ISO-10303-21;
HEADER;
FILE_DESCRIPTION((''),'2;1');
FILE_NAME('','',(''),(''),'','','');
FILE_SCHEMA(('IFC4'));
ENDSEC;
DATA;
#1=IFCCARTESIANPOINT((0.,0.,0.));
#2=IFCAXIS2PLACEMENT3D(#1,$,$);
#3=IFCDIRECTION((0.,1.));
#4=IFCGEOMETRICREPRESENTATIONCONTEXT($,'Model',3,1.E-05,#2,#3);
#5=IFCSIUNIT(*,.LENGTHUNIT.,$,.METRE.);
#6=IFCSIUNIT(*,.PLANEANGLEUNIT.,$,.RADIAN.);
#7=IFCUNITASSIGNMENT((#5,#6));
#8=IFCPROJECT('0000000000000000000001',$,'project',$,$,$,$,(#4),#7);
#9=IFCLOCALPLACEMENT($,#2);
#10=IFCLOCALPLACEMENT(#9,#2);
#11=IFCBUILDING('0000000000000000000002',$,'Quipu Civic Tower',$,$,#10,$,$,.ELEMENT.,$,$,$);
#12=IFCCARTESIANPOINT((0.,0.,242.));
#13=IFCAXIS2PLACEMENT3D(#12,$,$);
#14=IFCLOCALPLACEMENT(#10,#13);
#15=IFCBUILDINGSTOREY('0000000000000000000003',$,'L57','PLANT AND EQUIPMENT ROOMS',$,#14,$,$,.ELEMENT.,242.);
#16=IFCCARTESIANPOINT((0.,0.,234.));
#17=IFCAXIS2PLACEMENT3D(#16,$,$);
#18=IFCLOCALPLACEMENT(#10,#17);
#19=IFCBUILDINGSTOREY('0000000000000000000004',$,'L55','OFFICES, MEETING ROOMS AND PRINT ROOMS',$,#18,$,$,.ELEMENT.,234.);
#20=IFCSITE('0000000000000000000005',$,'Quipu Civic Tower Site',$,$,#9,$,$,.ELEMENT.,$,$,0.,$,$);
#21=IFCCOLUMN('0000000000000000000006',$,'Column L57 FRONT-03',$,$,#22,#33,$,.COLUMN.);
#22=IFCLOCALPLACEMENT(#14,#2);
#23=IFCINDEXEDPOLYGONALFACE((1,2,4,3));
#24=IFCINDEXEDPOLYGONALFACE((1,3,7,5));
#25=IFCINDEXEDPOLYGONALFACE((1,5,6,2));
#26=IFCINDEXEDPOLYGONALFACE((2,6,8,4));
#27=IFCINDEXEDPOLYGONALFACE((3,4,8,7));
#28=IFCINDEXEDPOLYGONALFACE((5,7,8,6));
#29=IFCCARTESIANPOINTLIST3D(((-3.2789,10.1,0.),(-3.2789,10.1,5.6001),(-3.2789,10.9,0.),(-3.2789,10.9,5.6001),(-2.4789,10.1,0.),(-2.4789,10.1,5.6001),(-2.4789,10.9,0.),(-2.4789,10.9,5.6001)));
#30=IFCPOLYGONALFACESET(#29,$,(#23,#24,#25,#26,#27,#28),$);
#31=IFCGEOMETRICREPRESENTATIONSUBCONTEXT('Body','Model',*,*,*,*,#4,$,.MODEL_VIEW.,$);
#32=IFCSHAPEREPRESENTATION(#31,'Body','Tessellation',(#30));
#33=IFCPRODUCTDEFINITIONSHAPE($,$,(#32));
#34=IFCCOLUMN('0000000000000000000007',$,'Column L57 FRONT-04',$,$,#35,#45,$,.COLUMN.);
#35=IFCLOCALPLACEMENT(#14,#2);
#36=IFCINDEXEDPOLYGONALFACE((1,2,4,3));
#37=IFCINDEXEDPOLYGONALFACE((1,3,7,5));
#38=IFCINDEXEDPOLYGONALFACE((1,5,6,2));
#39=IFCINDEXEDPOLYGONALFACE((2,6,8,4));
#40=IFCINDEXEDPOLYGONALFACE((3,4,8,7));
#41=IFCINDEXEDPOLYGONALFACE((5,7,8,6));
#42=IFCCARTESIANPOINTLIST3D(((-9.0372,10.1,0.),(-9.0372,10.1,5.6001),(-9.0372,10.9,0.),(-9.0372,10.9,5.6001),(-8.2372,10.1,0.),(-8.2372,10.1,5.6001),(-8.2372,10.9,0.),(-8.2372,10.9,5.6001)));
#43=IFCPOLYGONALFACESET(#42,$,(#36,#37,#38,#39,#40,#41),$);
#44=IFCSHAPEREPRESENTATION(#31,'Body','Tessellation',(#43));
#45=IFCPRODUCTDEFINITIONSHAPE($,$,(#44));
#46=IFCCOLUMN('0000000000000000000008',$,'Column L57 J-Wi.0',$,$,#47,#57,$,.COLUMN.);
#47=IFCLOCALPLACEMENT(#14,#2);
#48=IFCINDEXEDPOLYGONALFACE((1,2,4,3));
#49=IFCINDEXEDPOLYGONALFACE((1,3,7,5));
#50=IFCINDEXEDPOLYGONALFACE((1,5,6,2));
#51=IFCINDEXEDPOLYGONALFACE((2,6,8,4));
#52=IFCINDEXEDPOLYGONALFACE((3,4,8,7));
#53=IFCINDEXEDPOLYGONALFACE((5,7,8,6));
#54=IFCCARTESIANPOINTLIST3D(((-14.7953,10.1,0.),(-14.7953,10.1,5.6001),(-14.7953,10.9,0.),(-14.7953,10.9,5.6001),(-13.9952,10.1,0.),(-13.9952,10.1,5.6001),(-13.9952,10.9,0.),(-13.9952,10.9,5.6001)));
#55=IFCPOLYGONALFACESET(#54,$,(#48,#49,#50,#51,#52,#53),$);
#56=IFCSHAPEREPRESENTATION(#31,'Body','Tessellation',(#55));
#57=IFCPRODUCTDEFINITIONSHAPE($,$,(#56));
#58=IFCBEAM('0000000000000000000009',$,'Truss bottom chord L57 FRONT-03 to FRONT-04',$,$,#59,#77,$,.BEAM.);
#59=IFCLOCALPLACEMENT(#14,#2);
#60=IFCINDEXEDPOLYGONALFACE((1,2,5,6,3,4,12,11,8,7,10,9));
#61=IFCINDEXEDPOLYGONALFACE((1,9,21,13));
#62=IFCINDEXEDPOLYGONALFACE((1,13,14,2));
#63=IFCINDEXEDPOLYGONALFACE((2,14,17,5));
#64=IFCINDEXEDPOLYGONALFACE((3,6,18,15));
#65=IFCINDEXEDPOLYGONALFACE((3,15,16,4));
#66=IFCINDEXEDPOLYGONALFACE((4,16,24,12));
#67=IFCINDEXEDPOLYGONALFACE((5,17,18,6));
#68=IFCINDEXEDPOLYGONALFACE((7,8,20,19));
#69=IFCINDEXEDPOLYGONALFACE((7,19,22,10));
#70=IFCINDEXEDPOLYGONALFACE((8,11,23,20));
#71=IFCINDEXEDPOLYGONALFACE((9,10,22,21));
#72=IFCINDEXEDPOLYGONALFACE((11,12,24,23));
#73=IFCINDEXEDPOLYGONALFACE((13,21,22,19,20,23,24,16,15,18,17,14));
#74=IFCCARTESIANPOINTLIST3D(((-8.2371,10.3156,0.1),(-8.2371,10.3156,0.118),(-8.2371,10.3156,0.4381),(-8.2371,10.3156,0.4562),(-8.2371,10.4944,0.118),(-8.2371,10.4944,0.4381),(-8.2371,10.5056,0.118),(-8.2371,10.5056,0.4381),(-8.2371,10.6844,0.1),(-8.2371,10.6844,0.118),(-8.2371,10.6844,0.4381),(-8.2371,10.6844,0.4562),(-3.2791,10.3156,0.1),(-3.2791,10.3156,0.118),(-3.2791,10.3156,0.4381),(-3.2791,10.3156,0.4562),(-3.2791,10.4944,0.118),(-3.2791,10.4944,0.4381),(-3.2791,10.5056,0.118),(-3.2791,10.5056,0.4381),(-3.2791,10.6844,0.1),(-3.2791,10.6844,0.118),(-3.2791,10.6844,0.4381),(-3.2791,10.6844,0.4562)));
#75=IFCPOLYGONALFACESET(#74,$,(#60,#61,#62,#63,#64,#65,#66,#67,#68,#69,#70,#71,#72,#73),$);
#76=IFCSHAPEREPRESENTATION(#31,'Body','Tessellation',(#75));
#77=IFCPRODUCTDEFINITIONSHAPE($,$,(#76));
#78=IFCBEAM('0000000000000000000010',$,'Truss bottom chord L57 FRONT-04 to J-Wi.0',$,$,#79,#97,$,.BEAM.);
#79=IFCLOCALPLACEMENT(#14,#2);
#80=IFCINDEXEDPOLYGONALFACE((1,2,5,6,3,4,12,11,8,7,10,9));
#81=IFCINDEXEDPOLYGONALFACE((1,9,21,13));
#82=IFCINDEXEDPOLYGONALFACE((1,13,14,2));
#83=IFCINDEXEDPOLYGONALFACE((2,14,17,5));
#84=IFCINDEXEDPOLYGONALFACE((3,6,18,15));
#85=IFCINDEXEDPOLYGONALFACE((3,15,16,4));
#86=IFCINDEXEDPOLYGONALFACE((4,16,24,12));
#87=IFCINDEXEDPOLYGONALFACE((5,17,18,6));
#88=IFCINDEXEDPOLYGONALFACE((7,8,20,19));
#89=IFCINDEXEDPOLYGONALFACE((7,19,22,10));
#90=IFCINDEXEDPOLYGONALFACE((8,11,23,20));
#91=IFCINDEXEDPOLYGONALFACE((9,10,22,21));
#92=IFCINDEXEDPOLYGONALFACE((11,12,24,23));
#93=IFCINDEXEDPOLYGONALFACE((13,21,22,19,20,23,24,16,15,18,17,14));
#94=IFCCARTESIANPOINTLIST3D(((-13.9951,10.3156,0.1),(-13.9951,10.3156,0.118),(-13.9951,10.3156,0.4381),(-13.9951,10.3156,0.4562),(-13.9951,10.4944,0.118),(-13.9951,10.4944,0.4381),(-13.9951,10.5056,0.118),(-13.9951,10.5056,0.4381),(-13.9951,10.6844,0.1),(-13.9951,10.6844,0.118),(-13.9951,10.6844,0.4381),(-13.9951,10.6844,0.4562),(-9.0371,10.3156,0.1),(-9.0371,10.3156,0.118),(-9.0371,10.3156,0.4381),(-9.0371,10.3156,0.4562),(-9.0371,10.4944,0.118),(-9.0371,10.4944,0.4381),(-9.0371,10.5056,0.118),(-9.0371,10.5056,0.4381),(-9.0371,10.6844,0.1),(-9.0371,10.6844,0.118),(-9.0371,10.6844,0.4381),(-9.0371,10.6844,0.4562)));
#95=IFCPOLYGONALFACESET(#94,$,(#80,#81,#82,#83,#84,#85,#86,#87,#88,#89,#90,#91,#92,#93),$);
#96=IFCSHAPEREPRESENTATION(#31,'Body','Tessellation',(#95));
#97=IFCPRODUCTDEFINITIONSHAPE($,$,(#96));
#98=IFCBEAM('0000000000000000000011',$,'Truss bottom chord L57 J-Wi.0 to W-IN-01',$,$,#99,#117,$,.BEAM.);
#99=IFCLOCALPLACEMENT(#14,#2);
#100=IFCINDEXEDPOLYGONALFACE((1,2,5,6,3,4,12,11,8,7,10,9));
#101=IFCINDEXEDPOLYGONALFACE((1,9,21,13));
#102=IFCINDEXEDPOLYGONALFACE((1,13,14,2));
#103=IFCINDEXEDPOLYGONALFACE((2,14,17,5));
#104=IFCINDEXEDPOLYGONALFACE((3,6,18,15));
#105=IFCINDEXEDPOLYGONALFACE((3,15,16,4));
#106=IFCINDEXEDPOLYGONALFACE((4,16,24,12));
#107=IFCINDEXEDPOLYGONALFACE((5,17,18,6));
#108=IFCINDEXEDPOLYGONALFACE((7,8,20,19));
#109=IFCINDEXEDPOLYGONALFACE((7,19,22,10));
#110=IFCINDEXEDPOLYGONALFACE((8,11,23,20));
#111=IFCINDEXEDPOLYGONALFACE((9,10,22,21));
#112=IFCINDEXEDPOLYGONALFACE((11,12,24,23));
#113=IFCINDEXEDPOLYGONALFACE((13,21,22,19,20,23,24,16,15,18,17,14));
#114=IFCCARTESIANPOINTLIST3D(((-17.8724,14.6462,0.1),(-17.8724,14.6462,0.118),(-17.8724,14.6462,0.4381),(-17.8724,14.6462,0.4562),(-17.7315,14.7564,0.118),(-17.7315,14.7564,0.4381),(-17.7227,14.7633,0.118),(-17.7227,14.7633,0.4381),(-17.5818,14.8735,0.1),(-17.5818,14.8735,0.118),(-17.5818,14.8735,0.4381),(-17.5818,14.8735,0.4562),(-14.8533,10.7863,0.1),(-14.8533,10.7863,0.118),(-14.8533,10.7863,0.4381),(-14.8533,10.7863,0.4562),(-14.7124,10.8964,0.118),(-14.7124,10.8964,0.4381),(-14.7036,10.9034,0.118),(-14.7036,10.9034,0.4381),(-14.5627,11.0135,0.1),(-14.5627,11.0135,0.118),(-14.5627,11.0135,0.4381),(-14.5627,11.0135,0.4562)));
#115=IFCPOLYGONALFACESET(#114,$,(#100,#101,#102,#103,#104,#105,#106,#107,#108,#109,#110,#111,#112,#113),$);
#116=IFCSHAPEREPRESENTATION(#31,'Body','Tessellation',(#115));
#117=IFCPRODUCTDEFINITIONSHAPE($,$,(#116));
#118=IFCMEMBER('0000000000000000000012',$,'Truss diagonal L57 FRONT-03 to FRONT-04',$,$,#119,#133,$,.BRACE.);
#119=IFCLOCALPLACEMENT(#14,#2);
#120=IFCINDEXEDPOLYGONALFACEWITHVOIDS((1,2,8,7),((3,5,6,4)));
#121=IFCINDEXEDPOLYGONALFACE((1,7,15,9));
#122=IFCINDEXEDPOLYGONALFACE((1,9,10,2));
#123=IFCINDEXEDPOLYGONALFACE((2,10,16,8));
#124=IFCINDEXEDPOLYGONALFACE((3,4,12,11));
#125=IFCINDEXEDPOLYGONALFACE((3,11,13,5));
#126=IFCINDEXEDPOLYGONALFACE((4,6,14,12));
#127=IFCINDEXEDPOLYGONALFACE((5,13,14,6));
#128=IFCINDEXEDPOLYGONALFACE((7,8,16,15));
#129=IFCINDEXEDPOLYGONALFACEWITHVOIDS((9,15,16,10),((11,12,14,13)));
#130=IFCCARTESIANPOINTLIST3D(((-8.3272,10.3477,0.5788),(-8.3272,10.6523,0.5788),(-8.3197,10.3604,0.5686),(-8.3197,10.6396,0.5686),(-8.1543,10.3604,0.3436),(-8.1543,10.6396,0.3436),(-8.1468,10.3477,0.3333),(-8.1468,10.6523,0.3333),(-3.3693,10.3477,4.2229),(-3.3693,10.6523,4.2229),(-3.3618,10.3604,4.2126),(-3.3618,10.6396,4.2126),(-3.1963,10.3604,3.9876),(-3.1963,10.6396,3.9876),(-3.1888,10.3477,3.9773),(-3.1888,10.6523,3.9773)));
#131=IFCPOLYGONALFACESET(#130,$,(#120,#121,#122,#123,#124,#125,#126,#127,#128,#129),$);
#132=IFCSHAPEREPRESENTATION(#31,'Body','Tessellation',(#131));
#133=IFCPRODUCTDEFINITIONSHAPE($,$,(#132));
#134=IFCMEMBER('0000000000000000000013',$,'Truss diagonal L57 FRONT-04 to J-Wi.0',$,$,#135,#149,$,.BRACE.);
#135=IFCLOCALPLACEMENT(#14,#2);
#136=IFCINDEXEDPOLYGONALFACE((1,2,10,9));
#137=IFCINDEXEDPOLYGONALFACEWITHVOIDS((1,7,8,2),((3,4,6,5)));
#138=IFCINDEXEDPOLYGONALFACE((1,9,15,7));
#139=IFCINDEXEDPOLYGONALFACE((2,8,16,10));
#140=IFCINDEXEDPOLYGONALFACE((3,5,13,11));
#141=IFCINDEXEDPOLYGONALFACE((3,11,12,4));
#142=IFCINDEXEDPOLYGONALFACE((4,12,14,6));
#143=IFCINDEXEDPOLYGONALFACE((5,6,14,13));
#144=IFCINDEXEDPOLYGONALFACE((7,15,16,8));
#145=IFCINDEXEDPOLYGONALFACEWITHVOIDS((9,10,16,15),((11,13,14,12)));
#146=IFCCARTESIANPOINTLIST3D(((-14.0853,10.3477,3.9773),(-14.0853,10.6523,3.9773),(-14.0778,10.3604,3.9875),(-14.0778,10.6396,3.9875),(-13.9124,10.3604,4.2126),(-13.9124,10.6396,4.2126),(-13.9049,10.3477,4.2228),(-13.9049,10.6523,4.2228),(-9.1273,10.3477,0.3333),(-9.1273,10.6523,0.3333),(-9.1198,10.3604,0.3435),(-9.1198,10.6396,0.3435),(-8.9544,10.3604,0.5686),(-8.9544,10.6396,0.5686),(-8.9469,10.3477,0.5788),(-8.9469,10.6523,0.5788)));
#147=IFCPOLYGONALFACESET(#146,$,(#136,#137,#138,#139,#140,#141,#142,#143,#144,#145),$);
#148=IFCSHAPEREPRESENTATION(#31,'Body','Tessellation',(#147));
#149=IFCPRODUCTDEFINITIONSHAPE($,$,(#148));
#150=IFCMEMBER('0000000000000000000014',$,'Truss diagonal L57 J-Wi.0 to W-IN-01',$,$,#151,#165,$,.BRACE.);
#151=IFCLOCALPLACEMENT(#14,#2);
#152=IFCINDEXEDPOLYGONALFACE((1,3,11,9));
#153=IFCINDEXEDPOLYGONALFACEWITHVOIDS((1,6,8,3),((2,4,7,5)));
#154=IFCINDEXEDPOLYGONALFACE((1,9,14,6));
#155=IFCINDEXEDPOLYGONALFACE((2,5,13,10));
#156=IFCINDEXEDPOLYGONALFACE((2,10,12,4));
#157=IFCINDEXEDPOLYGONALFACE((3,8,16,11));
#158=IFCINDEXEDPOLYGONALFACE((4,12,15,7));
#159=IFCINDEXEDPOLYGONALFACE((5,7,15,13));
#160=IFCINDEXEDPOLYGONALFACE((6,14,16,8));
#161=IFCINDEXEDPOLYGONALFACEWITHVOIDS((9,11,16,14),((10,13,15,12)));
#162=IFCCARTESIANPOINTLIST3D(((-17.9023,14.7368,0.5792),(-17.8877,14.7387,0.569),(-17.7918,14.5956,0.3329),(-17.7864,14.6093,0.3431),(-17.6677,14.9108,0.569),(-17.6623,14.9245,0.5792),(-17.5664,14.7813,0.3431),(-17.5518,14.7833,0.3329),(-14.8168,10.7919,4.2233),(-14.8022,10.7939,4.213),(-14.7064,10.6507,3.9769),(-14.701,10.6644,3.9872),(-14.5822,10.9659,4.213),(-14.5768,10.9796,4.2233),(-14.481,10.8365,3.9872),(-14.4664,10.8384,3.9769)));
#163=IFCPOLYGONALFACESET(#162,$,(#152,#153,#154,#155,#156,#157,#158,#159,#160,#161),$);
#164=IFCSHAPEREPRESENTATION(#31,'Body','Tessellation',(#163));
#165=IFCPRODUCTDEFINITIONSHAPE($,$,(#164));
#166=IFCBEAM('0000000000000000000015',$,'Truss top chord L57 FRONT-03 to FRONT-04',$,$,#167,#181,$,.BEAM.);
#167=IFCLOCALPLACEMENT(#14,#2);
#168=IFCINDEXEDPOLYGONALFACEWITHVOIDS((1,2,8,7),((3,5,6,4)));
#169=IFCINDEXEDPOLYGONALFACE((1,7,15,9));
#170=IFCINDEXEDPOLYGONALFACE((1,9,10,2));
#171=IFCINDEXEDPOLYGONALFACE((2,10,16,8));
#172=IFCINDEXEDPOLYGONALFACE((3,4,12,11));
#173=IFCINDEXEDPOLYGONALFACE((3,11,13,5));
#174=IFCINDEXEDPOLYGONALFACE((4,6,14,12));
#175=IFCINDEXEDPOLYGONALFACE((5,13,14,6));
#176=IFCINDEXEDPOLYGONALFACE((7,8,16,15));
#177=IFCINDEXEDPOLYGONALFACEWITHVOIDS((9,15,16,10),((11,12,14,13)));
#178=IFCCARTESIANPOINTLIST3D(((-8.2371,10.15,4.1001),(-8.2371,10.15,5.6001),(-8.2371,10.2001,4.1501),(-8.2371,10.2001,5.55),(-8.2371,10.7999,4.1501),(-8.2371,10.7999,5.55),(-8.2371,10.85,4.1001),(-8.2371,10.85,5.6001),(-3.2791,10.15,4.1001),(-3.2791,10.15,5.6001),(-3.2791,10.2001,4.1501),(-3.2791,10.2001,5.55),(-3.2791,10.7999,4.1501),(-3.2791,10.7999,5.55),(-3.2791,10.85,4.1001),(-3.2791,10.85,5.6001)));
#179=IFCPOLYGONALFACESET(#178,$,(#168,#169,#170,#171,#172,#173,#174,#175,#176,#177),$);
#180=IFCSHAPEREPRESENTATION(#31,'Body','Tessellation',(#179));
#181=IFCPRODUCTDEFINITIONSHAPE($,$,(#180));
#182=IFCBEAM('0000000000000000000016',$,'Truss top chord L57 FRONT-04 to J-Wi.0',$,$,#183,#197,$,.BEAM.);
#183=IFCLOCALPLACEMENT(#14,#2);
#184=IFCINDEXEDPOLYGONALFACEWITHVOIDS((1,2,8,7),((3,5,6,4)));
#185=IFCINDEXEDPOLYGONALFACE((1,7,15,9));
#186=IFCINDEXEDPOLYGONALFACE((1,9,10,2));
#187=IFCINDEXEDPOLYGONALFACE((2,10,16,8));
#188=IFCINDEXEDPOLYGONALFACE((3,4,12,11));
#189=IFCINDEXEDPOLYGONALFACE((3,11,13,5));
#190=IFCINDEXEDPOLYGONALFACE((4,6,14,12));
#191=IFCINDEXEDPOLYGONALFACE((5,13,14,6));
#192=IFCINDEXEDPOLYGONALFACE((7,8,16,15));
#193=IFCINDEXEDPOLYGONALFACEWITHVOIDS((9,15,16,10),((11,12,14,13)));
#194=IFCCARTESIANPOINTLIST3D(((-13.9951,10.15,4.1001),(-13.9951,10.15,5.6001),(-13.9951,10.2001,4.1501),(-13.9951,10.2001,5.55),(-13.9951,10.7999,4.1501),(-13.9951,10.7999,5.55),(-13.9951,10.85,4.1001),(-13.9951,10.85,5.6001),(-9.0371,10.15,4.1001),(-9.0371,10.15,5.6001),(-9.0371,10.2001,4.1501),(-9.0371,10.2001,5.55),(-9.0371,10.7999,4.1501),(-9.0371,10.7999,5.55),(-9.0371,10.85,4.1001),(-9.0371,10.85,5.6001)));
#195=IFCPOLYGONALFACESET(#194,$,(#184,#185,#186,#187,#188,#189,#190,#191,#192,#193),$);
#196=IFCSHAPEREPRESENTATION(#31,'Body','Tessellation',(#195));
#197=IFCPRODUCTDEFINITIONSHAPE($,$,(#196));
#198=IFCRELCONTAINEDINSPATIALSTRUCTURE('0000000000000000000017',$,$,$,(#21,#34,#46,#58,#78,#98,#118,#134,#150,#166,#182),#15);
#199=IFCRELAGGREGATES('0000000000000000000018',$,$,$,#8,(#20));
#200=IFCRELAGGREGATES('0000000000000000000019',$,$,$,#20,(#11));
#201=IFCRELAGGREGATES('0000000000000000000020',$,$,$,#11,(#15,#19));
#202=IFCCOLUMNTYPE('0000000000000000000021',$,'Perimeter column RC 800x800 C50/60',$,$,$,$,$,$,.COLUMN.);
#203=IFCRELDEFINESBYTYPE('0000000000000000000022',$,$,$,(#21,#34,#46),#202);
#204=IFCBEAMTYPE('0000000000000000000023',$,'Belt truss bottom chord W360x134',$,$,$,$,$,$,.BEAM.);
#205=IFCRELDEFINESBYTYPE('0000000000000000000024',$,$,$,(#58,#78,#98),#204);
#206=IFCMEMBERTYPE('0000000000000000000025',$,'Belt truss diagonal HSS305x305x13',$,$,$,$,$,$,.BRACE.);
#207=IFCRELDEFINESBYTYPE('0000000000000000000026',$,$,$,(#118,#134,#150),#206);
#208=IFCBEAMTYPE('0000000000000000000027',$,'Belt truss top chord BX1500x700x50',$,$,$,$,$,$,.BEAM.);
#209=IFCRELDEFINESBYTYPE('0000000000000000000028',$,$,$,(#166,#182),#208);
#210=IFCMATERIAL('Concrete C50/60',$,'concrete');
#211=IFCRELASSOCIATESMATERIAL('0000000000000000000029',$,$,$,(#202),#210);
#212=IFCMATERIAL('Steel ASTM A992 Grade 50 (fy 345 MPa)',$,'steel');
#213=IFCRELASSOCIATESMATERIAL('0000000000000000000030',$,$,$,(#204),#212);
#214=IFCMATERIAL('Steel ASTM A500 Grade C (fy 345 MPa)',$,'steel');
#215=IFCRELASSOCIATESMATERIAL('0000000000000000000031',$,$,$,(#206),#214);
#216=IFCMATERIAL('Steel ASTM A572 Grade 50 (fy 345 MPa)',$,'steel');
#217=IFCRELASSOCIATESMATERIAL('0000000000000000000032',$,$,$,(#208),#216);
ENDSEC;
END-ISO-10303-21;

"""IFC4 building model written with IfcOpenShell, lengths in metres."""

from ifc_helpers import new_model, si_unit, direction, frame, origin, origin_2d, place, context, subcontext, project, spatial, rectangle, hollow_rectangle, i_section, extrude, material, material_profile, profile_set, type_object, element, save


model = new_model("IFC4")

# Units and contexts
model_context = context("Model", 3, precision=1e-05, world=origin(), true_north=direction((0.0, 1.0)))
body_context = subcontext(model_context, "Body", "Model", "MODEL_VIEW")
ifc_project = project(units=[si_unit("LENGTHUNIT", "METRE"), si_unit("PLANEANGLEUNIT", "RADIAN")], contexts=[model_context])

# Site, building, storey
site_placement = place(None, origin())
site = spatial("IfcSite", under=ifc_project, at=site_placement, Name="Quipu Civic Tower Site", CompositionType="ELEMENT", RefElevation=0.0)
building_placement = place(site_placement, origin())
building = spatial("IfcBuilding", under=site, at=building_placement, Name="Quipu Civic Tower", CompositionType="ELEMENT")
storey_1_placement = place(building_placement, frame((0.0, 0.0, 242.0)))
storey_1 = spatial("IfcBuildingStorey", under=building, at=storey_1_placement, Name="L57", Description="PLANT AND EQUIPMENT ROOMS", CompositionType="ELEMENT", Elevation=242.0)

# Columns
ifc_material_1 = material(Name="Concrete C50/60", Category="concrete")
ifc_material_profile_1 = material_profile(ifc_material_1, rectangle(XDim=0.8, YDim=0.8, at=origin_2d()), Name="RC800x800")
ifc_profile_set_1 = profile_set([ifc_material_profile_1], Name="Concrete C50/60")
column_type = type_object("IfcColumnType", Name="Perimeter column RC 800x800 C50/60", PredefinedType="COLUMN", material=ifc_profile_set_1)
for number, where, z_axis, x_axis, name in (
    (1, (-2.8789, 10.5, 0.0), (0.0, 0.0, 1.0), (-1.0, 0.0, 0.0), "Column L57 FRONT-03"),
    (2, (-8.6372, 10.5, 0.0), (0.0, 0.0, 1.0), (-1.0, 0.0, 0.0), "Column L57 FRONT-04"),
    (3, (-14.3953, 10.5, 0.0), (0.0, 0.0, 1.0), (-1.0, 0.0, 0.0), "Column L57 J-Wi.0"),
):
    element("IfcColumn", number, at=place(storey_1_placement, frame(where, z_axis=z_axis, x_axis=x_axis)), inside=storey_1, type_object=column_type, Name=name, PredefinedType="COLUMN", context=body_context, shape_type="SweptSolid", body=[
        extrude(rectangle(XDim=0.8, YDim=0.8, at=origin_2d()), origin(), (0.0, 0.0, 1.0), 5.6001),
    ])

# Beams
ifc_material_2 = material(Name="Steel ASTM A992 Grade 50 (fy 345 MPa)", Category="steel")
ifc_material_profile_2 = material_profile(ifc_material_2, i_section(OverallWidth=0.3689, OverallDepth=0.3562, WebThickness=0.0112, FlangeThickness=0.0181, at=origin_2d()), Name="W360x134")
ifc_profile_set_2 = profile_set([ifc_material_profile_2], Name="Steel ASTM A992 Grade 50 (fy 345 MPa)")
beam_type_1 = type_object("IfcBeamType", Name="Belt truss bottom chord W360x134", PredefinedType="BEAM", material=ifc_profile_set_2)
for number, where, z_axis, x_axis, name in (
    (4, (-3.2791, 10.5, 0.2781), (-1.0, 0.0, 0.0), (0.0, -1.0, 0.0), "Truss bottom chord L57 FRONT-03 to FRONT-04"),
    (5, (-9.0371, 10.5, 0.2781), (-1.0, 0.0, 0.0), (0.0, -1.0, 0.0), "Truss bottom chord L57 FRONT-04 to J-Wi.0"),
):
    element("IfcBeam", number, at=place(storey_1_placement, frame(where, z_axis=z_axis, x_axis=x_axis)), inside=storey_1, type_object=beam_type_1, Name=name, PredefinedType="BEAM", context=body_context, shape_type="SweptSolid", body=[
        extrude(i_section(OverallWidth=0.3689, OverallDepth=0.3562, WebThickness=0.0112, FlangeThickness=0.0181, at=origin_2d()), origin(), (0.0, 0.0, 1.0), 4.958),
    ])
beam_1_placement = place(storey_1_placement, frame((-14.708, 10.8999, 0.2781), z_axis=(-0.616091, 0.787675, 0.0), x_axis=(-0.787675, -0.616091, 0.0)))
element("IfcBeam", 6, at=beam_1_placement, inside=storey_1, type_object=beam_type_1, Name="Truss bottom chord L57 J-Wi.0 to W-IN-01", PredefinedType="BEAM", context=body_context, shape_type="SweptSolid", body=[
    extrude(i_section(OverallWidth=0.3689, OverallDepth=0.3562, WebThickness=0.0112, FlangeThickness=0.0181, at=origin_2d()), origin(), (0.0, 0.0, 1.0), 4.9004),
])

# Members
ifc_material_3 = material(Name="Steel ASTM A500 Grade C (fy 345 MPa)", Category="steel")
ifc_material_profile_3 = material_profile(ifc_material_3, hollow_rectangle(XDim=0.3047, YDim=0.3047, WallThickness=0.0127, at=origin_2d()), Name="HSS305x305x13")
ifc_profile_set_3 = profile_set([ifc_material_profile_3], Name="Steel ASTM A500 Grade C (fy 345 MPa)")
member_type_1 = type_object("IfcMemberType", Name="Belt truss diagonal HSS305x305x13", PredefinedType="BRACE", material=ifc_profile_set_3)
for number, where, z_axis, x_axis, name in (
    (7, (-3.2791, 10.5, 4.1001), (-0.805771, 0.0, -0.592227), (0.0, -1.0, 0.0), "Truss diagonal L57 FRONT-03 to FRONT-04"),
    (8, (-9.0371, 10.5, 0.4561), (-0.805771, 0.0, 0.592227), (0.0, -1.0, 0.0), "Truss diagonal L57 FRONT-04 to J-Wi.0"),
):
    element("IfcMember", number, at=place(storey_1_placement, frame(where, z_axis=z_axis, x_axis=x_axis)), inside=storey_1, type_object=member_type_1, Name=name, PredefinedType="BRACE", context=body_context, shape_type="SweptSolid", body=[
        extrude(hollow_rectangle(XDim=0.3047, YDim=0.3047, WallThickness=0.0127, at=origin_2d()), origin(), (0.0, 0.0, 1.0), 6.1531),
    ])
member_1_placement = place(storey_1_placement, frame((-14.6416, 10.8152, 4.1001), z_axis=(-0.498167, 0.636919, -0.588356), x_axis=(-0.78768, -0.616085, 0.0)))
element("IfcMember", 9, at=member_1_placement, inside=storey_1, type_object=member_type_1, Name="Truss diagonal L57 J-Wi.0 to W-IN-01", PredefinedType="BRACE", context=body_context, shape_type="SweptSolid", body=[
    extrude(hollow_rectangle(XDim=0.3047, YDim=0.3047, WallThickness=0.0127, at=origin_2d()), origin(), (0.0, 0.0, 1.0), 6.1936),
])

# Beams
ifc_material_4 = material(Name="Steel ASTM A572 Grade 50 (fy 345 MPa)", Category="steel")
ifc_material_profile_4 = material_profile(ifc_material_4, hollow_rectangle(XDim=0.7, YDim=1.5, WallThickness=0.05, at=origin_2d()), Name="BX1500x700x50")
ifc_profile_set_4 = profile_set([ifc_material_profile_4], Name="Steel ASTM A572 Grade 50 (fy 345 MPa)")
beam_type_2 = type_object("IfcBeamType", Name="Belt truss top chord BX1500x700x50", PredefinedType="BEAM", material=ifc_profile_set_4)
for number, where, z_axis, x_axis, name in (
    (10, (-3.2791, 10.5, 4.8501), (-1.0, 0.0, 0.0), (0.0, -1.0, 0.0), "Truss top chord L57 FRONT-03 to FRONT-04"),
    (11, (-9.0371, 10.5, 4.8501), (-1.0, 0.0, 0.0), (0.0, -1.0, 0.0), "Truss top chord L57 FRONT-04 to J-Wi.0"),
):
    element("IfcBeam", number, at=place(storey_1_placement, frame(where, z_axis=z_axis, x_axis=x_axis)), inside=storey_1, type_object=beam_type_2, Name=name, PredefinedType="BEAM", context=body_context, shape_type="SweptSolid", body=[
        extrude(hollow_rectangle(XDim=0.7, YDim=1.5, WallThickness=0.05, at=origin_2d()), origin(), (0.0, 0.0, 1.0), 4.958),
    ])

# Shared definitions
storey_2_placement = place(building_placement, frame((0.0, 0.0, 234.0)))
storey_2 = spatial("IfcBuildingStorey", under=building, at=storey_2_placement, Name="L55", Description="OFFICES, MEETING ROOMS AND PRINT ROOMS", CompositionType="ELEMENT", Elevation=234.0)

save(model, "model.ifc")
